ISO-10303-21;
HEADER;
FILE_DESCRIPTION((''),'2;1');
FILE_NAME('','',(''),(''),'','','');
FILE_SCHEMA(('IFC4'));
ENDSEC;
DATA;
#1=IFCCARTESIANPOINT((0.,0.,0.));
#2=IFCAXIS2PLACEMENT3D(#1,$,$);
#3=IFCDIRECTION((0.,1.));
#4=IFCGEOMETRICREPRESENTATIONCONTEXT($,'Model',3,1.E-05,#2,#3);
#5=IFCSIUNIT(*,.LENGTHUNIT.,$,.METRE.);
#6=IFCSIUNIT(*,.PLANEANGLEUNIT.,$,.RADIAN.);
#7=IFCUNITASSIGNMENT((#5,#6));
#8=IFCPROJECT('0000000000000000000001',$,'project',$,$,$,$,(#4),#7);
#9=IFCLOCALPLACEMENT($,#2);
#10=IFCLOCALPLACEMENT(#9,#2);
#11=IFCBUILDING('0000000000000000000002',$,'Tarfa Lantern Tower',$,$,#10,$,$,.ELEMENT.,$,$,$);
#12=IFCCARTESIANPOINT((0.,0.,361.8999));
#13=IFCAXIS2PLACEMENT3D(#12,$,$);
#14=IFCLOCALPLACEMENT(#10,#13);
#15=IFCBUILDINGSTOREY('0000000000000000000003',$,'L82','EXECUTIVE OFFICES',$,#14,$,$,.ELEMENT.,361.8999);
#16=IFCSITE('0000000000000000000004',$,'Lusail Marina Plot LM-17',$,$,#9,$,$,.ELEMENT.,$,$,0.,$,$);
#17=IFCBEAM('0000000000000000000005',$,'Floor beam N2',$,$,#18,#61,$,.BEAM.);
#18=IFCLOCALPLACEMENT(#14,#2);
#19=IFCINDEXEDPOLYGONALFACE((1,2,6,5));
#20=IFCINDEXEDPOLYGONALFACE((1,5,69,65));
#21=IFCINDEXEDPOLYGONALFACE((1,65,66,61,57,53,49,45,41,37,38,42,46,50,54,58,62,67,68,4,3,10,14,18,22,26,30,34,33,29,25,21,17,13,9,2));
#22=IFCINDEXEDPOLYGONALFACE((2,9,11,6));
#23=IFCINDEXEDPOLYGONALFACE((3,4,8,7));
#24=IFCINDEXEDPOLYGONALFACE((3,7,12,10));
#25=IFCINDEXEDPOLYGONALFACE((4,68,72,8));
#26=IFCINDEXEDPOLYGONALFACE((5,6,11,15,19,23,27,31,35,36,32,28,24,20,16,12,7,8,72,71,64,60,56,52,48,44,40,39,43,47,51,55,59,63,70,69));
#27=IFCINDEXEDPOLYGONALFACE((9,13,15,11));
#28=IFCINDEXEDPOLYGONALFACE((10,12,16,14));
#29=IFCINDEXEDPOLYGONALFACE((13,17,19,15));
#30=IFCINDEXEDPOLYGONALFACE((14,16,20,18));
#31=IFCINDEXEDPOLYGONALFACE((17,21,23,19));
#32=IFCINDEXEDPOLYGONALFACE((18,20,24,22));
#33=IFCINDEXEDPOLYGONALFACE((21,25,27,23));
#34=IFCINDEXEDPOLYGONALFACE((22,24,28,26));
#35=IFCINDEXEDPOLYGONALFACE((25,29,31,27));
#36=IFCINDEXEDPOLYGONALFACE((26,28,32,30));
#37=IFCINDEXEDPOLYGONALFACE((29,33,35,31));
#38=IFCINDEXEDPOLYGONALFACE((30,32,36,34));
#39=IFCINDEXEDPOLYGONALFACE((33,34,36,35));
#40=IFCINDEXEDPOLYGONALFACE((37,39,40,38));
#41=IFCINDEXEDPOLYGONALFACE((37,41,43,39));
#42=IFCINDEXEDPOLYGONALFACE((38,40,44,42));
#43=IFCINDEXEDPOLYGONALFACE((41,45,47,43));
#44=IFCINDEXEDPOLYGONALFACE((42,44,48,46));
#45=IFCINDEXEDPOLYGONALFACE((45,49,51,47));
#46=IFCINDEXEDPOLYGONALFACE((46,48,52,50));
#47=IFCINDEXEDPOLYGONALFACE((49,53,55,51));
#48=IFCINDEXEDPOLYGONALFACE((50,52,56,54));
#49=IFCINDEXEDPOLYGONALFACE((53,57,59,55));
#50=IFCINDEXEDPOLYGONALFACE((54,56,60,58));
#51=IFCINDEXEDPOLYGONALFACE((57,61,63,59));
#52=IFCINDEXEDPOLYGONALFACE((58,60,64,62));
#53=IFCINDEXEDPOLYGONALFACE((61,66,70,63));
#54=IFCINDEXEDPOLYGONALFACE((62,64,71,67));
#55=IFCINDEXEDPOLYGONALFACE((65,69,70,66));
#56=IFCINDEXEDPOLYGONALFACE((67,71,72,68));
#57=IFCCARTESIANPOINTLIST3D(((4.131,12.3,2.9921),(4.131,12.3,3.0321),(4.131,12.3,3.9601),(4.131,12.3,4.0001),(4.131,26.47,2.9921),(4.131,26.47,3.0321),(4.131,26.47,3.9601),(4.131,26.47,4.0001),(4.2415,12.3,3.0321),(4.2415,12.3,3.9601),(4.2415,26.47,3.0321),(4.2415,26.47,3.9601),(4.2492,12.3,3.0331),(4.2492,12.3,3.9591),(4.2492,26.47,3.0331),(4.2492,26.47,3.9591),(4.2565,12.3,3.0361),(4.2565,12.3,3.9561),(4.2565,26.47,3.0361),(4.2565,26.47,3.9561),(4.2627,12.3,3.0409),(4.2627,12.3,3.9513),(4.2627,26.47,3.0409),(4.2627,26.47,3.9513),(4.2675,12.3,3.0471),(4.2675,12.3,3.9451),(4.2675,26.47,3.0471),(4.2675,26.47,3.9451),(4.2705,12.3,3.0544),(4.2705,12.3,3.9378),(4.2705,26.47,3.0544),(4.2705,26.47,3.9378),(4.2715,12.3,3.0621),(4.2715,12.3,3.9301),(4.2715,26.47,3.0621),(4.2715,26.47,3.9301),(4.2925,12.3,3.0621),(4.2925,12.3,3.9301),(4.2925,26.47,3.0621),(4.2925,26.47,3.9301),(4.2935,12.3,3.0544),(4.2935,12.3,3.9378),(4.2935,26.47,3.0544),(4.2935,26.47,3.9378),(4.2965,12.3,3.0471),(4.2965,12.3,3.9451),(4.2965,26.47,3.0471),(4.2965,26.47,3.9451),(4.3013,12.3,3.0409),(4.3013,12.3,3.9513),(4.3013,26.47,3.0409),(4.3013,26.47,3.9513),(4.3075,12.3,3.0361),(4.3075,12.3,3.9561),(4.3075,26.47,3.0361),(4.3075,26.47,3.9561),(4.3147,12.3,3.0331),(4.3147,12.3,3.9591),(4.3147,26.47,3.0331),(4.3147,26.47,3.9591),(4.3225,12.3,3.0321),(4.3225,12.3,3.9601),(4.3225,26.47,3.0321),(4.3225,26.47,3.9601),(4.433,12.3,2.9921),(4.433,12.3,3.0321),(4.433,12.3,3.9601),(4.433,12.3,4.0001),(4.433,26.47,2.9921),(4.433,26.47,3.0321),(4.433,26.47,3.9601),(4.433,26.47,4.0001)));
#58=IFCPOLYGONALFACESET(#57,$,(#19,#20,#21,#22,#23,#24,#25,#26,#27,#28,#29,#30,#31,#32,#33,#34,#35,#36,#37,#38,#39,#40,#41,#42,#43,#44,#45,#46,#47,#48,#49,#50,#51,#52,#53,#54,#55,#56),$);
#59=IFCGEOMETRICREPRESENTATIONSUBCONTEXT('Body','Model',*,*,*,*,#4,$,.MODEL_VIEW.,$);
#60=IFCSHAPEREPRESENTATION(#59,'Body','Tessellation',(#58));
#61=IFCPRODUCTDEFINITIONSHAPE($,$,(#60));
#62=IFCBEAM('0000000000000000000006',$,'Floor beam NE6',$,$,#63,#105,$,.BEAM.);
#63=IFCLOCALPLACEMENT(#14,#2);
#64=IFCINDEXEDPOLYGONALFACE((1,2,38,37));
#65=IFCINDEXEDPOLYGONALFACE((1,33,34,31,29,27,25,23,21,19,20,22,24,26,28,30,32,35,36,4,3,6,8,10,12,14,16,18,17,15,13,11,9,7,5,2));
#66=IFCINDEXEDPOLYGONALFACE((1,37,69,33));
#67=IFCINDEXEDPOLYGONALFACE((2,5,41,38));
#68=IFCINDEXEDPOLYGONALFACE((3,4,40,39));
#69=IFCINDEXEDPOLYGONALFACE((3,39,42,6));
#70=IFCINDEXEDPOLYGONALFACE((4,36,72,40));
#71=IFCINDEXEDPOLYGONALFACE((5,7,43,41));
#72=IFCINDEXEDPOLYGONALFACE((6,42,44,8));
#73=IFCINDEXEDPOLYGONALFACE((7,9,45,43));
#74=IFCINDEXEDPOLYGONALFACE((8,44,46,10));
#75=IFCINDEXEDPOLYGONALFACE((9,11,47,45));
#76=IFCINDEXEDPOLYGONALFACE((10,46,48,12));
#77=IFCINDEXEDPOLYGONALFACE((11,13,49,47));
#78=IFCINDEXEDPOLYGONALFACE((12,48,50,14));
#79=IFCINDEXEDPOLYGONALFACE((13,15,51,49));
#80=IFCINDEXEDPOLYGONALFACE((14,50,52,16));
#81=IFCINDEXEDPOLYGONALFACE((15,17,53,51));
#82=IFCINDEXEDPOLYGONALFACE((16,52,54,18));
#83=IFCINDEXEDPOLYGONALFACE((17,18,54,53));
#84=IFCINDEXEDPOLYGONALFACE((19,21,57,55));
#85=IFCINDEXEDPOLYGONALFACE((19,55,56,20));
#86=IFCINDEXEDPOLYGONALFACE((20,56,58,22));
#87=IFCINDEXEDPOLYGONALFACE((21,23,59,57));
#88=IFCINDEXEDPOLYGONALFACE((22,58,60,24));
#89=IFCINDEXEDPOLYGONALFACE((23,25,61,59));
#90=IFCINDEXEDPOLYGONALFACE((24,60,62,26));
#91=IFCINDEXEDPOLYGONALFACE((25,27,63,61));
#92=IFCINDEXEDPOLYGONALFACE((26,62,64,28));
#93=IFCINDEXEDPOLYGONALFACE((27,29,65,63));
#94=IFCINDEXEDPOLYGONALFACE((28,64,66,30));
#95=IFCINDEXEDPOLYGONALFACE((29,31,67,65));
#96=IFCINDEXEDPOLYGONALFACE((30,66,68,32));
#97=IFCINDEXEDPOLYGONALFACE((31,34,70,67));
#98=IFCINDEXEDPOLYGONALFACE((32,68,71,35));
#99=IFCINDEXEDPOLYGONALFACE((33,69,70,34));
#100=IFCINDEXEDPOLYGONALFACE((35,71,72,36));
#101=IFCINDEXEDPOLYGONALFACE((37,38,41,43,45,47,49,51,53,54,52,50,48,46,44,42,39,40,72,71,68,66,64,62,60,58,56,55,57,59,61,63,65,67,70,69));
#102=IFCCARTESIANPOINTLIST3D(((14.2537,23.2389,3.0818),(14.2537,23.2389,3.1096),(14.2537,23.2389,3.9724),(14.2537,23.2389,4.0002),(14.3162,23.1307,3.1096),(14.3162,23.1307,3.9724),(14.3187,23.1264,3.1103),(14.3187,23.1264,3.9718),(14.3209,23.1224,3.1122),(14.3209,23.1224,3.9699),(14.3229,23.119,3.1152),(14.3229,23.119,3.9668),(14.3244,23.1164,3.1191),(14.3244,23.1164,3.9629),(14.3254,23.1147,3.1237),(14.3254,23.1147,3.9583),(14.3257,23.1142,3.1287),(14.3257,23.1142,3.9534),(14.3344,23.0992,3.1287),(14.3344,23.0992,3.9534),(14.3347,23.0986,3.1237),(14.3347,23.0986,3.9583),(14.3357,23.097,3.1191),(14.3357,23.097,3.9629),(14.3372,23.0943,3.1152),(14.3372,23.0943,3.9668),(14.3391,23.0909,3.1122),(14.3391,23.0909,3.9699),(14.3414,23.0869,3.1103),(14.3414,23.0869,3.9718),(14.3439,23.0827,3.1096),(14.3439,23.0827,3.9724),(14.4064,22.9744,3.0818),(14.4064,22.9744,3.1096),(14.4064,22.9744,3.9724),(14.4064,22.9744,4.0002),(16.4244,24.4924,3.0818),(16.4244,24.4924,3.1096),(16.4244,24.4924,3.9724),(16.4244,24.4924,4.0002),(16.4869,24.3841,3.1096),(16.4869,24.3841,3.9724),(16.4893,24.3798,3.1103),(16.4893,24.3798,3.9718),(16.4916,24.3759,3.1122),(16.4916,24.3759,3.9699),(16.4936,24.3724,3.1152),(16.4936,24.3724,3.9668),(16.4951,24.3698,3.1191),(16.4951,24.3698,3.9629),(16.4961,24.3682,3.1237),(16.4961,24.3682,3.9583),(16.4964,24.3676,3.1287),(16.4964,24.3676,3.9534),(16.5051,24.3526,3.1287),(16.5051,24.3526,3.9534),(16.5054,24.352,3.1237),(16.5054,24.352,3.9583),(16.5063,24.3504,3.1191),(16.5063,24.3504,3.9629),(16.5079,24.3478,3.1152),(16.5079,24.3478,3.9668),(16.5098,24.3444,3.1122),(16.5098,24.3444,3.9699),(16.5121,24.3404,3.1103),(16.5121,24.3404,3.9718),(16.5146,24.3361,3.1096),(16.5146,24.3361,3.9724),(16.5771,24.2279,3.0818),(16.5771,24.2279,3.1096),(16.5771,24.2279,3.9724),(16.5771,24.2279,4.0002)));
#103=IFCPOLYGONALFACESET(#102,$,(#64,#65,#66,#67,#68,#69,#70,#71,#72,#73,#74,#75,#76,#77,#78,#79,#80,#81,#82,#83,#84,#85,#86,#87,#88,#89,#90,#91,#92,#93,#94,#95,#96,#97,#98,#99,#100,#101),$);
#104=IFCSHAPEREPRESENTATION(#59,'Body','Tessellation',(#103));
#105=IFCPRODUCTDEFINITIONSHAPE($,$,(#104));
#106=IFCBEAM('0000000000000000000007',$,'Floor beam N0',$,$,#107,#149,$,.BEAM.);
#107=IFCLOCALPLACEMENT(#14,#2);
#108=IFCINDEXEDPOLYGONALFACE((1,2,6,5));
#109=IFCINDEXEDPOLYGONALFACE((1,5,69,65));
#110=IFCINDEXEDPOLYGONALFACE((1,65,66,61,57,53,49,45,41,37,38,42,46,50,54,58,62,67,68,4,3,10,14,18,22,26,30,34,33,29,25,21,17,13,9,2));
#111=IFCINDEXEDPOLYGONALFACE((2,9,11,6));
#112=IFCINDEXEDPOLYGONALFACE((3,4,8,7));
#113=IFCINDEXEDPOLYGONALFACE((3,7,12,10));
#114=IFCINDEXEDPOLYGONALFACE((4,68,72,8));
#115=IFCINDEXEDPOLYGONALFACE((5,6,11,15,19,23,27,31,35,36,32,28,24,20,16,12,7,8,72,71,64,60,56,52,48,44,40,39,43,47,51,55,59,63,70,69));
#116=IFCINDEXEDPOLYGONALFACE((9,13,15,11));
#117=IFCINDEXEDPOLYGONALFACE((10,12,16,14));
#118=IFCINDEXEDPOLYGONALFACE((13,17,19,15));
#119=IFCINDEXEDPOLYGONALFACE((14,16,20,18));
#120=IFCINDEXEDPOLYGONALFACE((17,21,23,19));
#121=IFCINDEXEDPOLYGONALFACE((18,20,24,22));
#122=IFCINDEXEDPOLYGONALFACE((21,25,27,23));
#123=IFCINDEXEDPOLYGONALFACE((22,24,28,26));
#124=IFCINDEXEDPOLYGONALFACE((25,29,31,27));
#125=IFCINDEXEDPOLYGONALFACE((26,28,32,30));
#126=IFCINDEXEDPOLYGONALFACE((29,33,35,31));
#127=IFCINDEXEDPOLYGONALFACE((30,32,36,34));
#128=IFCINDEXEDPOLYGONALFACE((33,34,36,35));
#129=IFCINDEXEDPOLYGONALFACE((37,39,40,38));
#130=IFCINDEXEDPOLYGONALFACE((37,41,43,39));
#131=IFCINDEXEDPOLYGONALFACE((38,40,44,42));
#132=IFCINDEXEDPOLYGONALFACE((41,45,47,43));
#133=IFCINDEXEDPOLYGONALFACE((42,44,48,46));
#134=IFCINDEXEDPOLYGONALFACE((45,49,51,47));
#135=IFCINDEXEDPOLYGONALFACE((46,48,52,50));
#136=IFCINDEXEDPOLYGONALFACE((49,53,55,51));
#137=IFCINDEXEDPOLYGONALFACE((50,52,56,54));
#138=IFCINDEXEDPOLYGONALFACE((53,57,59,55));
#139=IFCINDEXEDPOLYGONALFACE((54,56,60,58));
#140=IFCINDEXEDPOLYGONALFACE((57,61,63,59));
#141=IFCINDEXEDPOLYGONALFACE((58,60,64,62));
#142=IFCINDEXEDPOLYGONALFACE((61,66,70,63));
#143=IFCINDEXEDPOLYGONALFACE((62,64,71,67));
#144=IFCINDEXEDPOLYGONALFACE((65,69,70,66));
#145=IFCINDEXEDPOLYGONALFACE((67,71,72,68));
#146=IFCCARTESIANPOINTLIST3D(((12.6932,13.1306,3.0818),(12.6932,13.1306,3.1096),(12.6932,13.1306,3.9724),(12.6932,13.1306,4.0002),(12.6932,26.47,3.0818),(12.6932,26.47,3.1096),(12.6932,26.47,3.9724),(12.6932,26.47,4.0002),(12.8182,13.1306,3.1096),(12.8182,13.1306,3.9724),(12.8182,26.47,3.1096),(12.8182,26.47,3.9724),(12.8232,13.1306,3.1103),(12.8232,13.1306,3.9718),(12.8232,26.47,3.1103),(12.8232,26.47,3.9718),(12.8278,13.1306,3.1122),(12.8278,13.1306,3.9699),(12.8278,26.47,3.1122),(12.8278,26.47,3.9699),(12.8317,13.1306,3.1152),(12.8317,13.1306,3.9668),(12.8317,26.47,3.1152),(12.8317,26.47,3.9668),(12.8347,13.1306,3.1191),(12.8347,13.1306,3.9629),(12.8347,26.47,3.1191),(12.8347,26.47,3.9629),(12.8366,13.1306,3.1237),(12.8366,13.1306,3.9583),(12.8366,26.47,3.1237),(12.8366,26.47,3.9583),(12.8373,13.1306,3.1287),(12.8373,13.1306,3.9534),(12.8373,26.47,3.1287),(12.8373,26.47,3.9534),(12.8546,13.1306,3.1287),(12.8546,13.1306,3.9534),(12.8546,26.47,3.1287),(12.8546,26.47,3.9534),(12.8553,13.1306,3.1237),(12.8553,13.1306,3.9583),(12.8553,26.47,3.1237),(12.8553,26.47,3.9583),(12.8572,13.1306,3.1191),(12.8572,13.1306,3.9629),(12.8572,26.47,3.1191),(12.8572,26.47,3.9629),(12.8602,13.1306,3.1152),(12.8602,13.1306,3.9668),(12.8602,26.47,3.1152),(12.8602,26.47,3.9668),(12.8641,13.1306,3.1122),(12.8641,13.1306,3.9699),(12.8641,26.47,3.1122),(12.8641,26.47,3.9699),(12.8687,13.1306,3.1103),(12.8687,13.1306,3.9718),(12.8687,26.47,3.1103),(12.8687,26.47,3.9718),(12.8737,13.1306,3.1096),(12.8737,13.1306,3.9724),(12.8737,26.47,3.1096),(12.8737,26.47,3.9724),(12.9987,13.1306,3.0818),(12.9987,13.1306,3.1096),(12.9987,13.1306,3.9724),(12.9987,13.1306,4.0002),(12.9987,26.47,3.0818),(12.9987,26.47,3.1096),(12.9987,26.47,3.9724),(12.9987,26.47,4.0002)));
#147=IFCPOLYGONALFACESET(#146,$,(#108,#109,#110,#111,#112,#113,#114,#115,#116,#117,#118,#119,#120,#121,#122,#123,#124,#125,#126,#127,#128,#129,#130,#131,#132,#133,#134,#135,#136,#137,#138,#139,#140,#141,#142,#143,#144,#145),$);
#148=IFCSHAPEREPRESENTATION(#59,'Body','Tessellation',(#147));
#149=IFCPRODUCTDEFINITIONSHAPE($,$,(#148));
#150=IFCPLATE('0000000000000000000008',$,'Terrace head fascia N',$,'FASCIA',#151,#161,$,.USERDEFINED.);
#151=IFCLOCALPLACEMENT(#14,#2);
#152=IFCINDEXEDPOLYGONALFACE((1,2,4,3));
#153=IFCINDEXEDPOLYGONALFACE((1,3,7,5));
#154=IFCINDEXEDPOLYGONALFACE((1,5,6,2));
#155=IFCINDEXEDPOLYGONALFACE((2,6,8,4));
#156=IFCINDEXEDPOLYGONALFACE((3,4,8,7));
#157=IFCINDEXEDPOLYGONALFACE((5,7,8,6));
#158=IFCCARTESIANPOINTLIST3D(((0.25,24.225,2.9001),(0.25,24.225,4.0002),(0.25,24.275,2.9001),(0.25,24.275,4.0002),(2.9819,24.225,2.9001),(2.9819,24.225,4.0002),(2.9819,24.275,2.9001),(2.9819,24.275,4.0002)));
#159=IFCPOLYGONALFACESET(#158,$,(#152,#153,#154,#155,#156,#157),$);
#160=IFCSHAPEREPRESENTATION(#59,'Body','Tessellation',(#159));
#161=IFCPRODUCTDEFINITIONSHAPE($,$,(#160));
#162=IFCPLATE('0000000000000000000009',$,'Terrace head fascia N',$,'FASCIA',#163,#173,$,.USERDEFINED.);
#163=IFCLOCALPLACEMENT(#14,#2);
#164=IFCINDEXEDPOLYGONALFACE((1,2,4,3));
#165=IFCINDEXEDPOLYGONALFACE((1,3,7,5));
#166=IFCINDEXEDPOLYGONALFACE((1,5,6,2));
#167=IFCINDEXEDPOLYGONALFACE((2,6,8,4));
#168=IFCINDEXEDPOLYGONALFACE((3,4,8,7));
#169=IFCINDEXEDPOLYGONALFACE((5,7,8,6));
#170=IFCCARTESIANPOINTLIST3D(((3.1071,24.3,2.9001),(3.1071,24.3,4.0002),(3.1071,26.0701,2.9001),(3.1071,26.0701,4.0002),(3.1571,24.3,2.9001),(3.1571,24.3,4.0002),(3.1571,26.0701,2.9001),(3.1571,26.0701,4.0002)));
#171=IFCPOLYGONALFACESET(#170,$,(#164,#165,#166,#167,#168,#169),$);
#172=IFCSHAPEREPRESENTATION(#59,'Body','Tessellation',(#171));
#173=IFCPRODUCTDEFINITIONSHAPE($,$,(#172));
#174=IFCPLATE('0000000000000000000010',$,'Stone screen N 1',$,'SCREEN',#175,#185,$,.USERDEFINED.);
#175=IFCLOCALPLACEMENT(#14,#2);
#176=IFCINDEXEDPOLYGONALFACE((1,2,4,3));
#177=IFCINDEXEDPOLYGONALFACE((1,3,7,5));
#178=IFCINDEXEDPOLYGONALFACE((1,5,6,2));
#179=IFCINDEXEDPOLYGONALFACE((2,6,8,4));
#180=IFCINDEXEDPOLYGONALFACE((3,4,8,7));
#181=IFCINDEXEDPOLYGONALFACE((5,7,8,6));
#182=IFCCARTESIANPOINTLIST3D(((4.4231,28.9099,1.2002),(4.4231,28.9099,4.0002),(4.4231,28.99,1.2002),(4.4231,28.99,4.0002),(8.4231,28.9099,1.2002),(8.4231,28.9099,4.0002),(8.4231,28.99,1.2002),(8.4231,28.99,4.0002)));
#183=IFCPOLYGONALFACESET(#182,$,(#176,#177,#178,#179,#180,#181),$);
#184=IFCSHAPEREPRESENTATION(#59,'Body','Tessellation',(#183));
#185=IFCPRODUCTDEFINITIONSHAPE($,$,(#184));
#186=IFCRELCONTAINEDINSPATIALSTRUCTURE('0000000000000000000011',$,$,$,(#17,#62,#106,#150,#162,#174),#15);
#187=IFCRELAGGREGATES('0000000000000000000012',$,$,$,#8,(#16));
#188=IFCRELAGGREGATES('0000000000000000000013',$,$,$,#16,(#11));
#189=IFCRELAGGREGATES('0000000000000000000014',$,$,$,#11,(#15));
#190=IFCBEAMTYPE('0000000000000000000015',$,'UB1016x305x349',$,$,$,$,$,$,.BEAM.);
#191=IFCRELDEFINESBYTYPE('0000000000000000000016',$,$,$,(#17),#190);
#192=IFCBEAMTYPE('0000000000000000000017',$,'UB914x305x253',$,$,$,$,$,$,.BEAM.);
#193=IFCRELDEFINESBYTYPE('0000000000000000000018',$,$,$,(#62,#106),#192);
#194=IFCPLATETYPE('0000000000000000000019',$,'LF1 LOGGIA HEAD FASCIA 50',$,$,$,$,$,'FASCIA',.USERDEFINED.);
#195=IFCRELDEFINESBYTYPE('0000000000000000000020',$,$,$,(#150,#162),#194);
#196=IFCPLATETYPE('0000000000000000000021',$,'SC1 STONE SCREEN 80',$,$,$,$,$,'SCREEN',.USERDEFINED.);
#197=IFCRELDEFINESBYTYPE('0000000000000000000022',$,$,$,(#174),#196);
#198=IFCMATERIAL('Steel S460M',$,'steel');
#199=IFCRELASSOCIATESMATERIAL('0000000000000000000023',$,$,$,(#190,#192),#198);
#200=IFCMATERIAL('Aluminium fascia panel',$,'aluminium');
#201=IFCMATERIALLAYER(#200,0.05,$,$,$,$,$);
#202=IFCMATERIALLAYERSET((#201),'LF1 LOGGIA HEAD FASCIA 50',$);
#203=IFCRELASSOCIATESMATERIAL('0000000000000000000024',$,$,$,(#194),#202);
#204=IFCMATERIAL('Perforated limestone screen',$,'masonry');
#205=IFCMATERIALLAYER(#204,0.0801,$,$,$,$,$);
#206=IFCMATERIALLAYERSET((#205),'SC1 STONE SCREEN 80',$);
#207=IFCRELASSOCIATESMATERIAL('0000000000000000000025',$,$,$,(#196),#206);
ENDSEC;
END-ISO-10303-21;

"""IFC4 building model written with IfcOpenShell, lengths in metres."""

from ifc_helpers import new_model, si_unit, direction, frame, origin, origin_2d, place, context, subcontext, project, spatial, rectangle, i_section, extrude, material, layer, layer_set, material_profile, profile_set, type_object, element, save


model = new_model("IFC4")

# Units and contexts
model_context = context("Model", 3, precision=1e-05, world=origin(), true_north=direction((0.0, 1.0)))
body_context = subcontext(model_context, "Body", "Model", "MODEL_VIEW")
ifc_project = project(units=[si_unit("LENGTHUNIT", "METRE"), si_unit("PLANEANGLEUNIT", "RADIAN")], contexts=[model_context])

# Site, building, storey
site_placement = place(None, origin())
site = spatial("IfcSite", under=ifc_project, at=site_placement, Name="Lusail Marina Plot LM-17", CompositionType="ELEMENT", RefElevation=0.0)
building_placement = place(site_placement, origin())
building = spatial("IfcBuilding", under=site, at=building_placement, Name="Tarfa Lantern Tower", CompositionType="ELEMENT")
storey_placement = place(building_placement, frame((0.0, 0.0, 361.8999)))
storey = spatial("IfcBuildingStorey", under=building, at=storey_placement, Name="L82", Description="EXECUTIVE OFFICES", CompositionType="ELEMENT", Elevation=361.8999)

# Beams
ifc_material_1 = material(Name="Steel S460M", Category="steel")
ifc_material_profile_1 = material_profile(ifc_material_1, i_section(OverallWidth=0.302, OverallDepth=1.0081, WebThickness=0.021, FlangeThickness=0.04, FilletRadius=0.03, at=origin_2d()), Name="UB1016x305x349")
ifc_profile_set_1 = profile_set([ifc_material_profile_1], Name="Steel S460M")
beam_type_1 = type_object("IfcBeamType", Name="UB1016x305x349", PredefinedType="BEAM", material=ifc_profile_set_1)
for number, where, z_axis, x_axis, name in (
    (1, (4.282, 26.47, 3.4961), (0.0, -1.0, 0.0), (1.0, 0.0, 0.0), "Floor beam N2"),
):
    element("IfcBeam", number, at=place(storey_placement, frame(where, z_axis=z_axis, x_axis=x_axis)), inside=storey, type_object=beam_type_1, Name=name, PredefinedType="BEAM", context=body_context, shape_type="SweptSolid", body=[
        extrude(i_section(OverallWidth=0.302, OverallDepth=1.0081, WebThickness=0.021, FlangeThickness=0.04, FilletRadius=0.03, at=origin_2d()), origin(), (0.0, 0.0, 1.0), 14.1699),
    ])
ifc_material_profile_2 = material_profile(ifc_material_1, i_section(OverallWidth=0.3054, OverallDepth=0.9185, WebThickness=0.0173, FlangeThickness=0.0278, FilletRadius=0.019, at=origin_2d()), Name="UB914x305x253")
ifc_profile_set_2 = profile_set([ifc_material_profile_2], Name="Steel S460M")
beam_type_2 = type_object("IfcBeamType", Name="UB914x305x253", PredefinedType="BEAM", material=ifc_profile_set_2)
beam_1_placement = place(storey_placement, frame((16.5007, 24.3601, 3.541), z_axis=(-0.865993, -0.500057, 0.0), x_axis=(0.500057, -0.865993, 0.0)))
element("IfcBeam", 2, at=beam_1_placement, inside=storey, type_object=beam_type_2, Name="Floor beam NE6", PredefinedType="BEAM", context=body_context, shape_type="SweptSolid", body=[
    extrude(i_section(OverallWidth=0.3054, OverallDepth=0.9185, WebThickness=0.0173, FlangeThickness=0.0278, FilletRadius=0.019, at=origin_2d()), origin(), (0.0, 0.0, 1.0), 2.5066),
])
beam_2_placement = place(storey_placement, frame((12.8459, 26.47, 3.541), z_axis=(0.0, -1.0, 0.0), x_axis=(1.0, 0.0, 0.0)))
element("IfcBeam", 3, at=beam_2_placement, inside=storey, type_object=beam_type_2, Name="Floor beam N0", PredefinedType="BEAM", context=body_context, shape_type="SweptSolid", body=[
    extrude(i_section(OverallWidth=0.3054, OverallDepth=0.9185, WebThickness=0.0173, FlangeThickness=0.0278, FilletRadius=0.019, at=origin_2d()), origin(), (0.0, 0.0, 1.0), 13.3394),
])

# Plates
ifc_material_2 = material(Name="Aluminium fascia panel", Category="aluminium")
ifc_layer_1 = layer(ifc_material_2, 0.05)
ifc_layer_set_1 = layer_set([ifc_layer_1], Name="LF1 LOGGIA HEAD FASCIA 50")
plate_type_1 = type_object("IfcPlateType", Name="LF1 LOGGIA HEAD FASCIA 50", ElementType="FASCIA", PredefinedType="USERDEFINED", material=ifc_layer_set_1)
plate_1_placement = place(storey_placement, frame((1.616, 24.25, 2.9001), z_axis=(0.0, 0.0, 1.0), x_axis=(-1.0, 0.0, 0.0)))
element("IfcPlate", 4, at=plate_1_placement, inside=storey, type_object=plate_type_1, Name="Terrace head fascia N", ObjectType="FASCIA", PredefinedType="USERDEFINED", context=body_context, shape_type="SweptSolid", body=[
    extrude(rectangle(XDim=2.7319, YDim=0.05, at=origin_2d()), origin(), (0.0, 0.0, 1.0), 1.1001),
])
plate_2_placement = place(storey_placement, frame((3.1321, 25.1851, 2.9001), z_axis=(0.0, 0.0, 1.0), x_axis=(0.0, -1.0, 0.0)))
element("IfcPlate", 5, at=plate_2_placement, inside=storey, type_object=plate_type_1, Name="Terrace head fascia N", ObjectType="FASCIA", PredefinedType="USERDEFINED", context=body_context, shape_type="SweptSolid", body=[
    extrude(rectangle(XDim=1.77, YDim=0.05, at=origin_2d()), origin(), (0.0, 0.0, 1.0), 1.1001),
])
ifc_material_3 = material(Name="Perforated limestone screen", Category="masonry")
ifc_layer_2 = layer(ifc_material_3, 0.0801)
ifc_layer_set_2 = layer_set([ifc_layer_2], Name="SC1 STONE SCREEN 80")
plate_type_2 = type_object("IfcPlateType", Name="SC1 STONE SCREEN 80", ElementType="SCREEN", PredefinedType="USERDEFINED", material=ifc_layer_set_2)
plate_3_placement = place(storey_placement, frame((6.4231, 28.95, 1.2002), z_axis=(0.0, 0.0, 1.0), x_axis=(-1.0, 0.0, 0.0)))
element("IfcPlate", 6, at=plate_3_placement, inside=storey, type_object=plate_type_2, Name="Stone screen N 1", ObjectType="SCREEN", PredefinedType="USERDEFINED", context=body_context, shape_type="SweptSolid", body=[
    extrude(rectangle(XDim=4.0, YDim=0.0801, at=origin_2d()), origin(), (0.0, 0.0, 1.0), 2.8),
])

save(model, "model.ifc")
